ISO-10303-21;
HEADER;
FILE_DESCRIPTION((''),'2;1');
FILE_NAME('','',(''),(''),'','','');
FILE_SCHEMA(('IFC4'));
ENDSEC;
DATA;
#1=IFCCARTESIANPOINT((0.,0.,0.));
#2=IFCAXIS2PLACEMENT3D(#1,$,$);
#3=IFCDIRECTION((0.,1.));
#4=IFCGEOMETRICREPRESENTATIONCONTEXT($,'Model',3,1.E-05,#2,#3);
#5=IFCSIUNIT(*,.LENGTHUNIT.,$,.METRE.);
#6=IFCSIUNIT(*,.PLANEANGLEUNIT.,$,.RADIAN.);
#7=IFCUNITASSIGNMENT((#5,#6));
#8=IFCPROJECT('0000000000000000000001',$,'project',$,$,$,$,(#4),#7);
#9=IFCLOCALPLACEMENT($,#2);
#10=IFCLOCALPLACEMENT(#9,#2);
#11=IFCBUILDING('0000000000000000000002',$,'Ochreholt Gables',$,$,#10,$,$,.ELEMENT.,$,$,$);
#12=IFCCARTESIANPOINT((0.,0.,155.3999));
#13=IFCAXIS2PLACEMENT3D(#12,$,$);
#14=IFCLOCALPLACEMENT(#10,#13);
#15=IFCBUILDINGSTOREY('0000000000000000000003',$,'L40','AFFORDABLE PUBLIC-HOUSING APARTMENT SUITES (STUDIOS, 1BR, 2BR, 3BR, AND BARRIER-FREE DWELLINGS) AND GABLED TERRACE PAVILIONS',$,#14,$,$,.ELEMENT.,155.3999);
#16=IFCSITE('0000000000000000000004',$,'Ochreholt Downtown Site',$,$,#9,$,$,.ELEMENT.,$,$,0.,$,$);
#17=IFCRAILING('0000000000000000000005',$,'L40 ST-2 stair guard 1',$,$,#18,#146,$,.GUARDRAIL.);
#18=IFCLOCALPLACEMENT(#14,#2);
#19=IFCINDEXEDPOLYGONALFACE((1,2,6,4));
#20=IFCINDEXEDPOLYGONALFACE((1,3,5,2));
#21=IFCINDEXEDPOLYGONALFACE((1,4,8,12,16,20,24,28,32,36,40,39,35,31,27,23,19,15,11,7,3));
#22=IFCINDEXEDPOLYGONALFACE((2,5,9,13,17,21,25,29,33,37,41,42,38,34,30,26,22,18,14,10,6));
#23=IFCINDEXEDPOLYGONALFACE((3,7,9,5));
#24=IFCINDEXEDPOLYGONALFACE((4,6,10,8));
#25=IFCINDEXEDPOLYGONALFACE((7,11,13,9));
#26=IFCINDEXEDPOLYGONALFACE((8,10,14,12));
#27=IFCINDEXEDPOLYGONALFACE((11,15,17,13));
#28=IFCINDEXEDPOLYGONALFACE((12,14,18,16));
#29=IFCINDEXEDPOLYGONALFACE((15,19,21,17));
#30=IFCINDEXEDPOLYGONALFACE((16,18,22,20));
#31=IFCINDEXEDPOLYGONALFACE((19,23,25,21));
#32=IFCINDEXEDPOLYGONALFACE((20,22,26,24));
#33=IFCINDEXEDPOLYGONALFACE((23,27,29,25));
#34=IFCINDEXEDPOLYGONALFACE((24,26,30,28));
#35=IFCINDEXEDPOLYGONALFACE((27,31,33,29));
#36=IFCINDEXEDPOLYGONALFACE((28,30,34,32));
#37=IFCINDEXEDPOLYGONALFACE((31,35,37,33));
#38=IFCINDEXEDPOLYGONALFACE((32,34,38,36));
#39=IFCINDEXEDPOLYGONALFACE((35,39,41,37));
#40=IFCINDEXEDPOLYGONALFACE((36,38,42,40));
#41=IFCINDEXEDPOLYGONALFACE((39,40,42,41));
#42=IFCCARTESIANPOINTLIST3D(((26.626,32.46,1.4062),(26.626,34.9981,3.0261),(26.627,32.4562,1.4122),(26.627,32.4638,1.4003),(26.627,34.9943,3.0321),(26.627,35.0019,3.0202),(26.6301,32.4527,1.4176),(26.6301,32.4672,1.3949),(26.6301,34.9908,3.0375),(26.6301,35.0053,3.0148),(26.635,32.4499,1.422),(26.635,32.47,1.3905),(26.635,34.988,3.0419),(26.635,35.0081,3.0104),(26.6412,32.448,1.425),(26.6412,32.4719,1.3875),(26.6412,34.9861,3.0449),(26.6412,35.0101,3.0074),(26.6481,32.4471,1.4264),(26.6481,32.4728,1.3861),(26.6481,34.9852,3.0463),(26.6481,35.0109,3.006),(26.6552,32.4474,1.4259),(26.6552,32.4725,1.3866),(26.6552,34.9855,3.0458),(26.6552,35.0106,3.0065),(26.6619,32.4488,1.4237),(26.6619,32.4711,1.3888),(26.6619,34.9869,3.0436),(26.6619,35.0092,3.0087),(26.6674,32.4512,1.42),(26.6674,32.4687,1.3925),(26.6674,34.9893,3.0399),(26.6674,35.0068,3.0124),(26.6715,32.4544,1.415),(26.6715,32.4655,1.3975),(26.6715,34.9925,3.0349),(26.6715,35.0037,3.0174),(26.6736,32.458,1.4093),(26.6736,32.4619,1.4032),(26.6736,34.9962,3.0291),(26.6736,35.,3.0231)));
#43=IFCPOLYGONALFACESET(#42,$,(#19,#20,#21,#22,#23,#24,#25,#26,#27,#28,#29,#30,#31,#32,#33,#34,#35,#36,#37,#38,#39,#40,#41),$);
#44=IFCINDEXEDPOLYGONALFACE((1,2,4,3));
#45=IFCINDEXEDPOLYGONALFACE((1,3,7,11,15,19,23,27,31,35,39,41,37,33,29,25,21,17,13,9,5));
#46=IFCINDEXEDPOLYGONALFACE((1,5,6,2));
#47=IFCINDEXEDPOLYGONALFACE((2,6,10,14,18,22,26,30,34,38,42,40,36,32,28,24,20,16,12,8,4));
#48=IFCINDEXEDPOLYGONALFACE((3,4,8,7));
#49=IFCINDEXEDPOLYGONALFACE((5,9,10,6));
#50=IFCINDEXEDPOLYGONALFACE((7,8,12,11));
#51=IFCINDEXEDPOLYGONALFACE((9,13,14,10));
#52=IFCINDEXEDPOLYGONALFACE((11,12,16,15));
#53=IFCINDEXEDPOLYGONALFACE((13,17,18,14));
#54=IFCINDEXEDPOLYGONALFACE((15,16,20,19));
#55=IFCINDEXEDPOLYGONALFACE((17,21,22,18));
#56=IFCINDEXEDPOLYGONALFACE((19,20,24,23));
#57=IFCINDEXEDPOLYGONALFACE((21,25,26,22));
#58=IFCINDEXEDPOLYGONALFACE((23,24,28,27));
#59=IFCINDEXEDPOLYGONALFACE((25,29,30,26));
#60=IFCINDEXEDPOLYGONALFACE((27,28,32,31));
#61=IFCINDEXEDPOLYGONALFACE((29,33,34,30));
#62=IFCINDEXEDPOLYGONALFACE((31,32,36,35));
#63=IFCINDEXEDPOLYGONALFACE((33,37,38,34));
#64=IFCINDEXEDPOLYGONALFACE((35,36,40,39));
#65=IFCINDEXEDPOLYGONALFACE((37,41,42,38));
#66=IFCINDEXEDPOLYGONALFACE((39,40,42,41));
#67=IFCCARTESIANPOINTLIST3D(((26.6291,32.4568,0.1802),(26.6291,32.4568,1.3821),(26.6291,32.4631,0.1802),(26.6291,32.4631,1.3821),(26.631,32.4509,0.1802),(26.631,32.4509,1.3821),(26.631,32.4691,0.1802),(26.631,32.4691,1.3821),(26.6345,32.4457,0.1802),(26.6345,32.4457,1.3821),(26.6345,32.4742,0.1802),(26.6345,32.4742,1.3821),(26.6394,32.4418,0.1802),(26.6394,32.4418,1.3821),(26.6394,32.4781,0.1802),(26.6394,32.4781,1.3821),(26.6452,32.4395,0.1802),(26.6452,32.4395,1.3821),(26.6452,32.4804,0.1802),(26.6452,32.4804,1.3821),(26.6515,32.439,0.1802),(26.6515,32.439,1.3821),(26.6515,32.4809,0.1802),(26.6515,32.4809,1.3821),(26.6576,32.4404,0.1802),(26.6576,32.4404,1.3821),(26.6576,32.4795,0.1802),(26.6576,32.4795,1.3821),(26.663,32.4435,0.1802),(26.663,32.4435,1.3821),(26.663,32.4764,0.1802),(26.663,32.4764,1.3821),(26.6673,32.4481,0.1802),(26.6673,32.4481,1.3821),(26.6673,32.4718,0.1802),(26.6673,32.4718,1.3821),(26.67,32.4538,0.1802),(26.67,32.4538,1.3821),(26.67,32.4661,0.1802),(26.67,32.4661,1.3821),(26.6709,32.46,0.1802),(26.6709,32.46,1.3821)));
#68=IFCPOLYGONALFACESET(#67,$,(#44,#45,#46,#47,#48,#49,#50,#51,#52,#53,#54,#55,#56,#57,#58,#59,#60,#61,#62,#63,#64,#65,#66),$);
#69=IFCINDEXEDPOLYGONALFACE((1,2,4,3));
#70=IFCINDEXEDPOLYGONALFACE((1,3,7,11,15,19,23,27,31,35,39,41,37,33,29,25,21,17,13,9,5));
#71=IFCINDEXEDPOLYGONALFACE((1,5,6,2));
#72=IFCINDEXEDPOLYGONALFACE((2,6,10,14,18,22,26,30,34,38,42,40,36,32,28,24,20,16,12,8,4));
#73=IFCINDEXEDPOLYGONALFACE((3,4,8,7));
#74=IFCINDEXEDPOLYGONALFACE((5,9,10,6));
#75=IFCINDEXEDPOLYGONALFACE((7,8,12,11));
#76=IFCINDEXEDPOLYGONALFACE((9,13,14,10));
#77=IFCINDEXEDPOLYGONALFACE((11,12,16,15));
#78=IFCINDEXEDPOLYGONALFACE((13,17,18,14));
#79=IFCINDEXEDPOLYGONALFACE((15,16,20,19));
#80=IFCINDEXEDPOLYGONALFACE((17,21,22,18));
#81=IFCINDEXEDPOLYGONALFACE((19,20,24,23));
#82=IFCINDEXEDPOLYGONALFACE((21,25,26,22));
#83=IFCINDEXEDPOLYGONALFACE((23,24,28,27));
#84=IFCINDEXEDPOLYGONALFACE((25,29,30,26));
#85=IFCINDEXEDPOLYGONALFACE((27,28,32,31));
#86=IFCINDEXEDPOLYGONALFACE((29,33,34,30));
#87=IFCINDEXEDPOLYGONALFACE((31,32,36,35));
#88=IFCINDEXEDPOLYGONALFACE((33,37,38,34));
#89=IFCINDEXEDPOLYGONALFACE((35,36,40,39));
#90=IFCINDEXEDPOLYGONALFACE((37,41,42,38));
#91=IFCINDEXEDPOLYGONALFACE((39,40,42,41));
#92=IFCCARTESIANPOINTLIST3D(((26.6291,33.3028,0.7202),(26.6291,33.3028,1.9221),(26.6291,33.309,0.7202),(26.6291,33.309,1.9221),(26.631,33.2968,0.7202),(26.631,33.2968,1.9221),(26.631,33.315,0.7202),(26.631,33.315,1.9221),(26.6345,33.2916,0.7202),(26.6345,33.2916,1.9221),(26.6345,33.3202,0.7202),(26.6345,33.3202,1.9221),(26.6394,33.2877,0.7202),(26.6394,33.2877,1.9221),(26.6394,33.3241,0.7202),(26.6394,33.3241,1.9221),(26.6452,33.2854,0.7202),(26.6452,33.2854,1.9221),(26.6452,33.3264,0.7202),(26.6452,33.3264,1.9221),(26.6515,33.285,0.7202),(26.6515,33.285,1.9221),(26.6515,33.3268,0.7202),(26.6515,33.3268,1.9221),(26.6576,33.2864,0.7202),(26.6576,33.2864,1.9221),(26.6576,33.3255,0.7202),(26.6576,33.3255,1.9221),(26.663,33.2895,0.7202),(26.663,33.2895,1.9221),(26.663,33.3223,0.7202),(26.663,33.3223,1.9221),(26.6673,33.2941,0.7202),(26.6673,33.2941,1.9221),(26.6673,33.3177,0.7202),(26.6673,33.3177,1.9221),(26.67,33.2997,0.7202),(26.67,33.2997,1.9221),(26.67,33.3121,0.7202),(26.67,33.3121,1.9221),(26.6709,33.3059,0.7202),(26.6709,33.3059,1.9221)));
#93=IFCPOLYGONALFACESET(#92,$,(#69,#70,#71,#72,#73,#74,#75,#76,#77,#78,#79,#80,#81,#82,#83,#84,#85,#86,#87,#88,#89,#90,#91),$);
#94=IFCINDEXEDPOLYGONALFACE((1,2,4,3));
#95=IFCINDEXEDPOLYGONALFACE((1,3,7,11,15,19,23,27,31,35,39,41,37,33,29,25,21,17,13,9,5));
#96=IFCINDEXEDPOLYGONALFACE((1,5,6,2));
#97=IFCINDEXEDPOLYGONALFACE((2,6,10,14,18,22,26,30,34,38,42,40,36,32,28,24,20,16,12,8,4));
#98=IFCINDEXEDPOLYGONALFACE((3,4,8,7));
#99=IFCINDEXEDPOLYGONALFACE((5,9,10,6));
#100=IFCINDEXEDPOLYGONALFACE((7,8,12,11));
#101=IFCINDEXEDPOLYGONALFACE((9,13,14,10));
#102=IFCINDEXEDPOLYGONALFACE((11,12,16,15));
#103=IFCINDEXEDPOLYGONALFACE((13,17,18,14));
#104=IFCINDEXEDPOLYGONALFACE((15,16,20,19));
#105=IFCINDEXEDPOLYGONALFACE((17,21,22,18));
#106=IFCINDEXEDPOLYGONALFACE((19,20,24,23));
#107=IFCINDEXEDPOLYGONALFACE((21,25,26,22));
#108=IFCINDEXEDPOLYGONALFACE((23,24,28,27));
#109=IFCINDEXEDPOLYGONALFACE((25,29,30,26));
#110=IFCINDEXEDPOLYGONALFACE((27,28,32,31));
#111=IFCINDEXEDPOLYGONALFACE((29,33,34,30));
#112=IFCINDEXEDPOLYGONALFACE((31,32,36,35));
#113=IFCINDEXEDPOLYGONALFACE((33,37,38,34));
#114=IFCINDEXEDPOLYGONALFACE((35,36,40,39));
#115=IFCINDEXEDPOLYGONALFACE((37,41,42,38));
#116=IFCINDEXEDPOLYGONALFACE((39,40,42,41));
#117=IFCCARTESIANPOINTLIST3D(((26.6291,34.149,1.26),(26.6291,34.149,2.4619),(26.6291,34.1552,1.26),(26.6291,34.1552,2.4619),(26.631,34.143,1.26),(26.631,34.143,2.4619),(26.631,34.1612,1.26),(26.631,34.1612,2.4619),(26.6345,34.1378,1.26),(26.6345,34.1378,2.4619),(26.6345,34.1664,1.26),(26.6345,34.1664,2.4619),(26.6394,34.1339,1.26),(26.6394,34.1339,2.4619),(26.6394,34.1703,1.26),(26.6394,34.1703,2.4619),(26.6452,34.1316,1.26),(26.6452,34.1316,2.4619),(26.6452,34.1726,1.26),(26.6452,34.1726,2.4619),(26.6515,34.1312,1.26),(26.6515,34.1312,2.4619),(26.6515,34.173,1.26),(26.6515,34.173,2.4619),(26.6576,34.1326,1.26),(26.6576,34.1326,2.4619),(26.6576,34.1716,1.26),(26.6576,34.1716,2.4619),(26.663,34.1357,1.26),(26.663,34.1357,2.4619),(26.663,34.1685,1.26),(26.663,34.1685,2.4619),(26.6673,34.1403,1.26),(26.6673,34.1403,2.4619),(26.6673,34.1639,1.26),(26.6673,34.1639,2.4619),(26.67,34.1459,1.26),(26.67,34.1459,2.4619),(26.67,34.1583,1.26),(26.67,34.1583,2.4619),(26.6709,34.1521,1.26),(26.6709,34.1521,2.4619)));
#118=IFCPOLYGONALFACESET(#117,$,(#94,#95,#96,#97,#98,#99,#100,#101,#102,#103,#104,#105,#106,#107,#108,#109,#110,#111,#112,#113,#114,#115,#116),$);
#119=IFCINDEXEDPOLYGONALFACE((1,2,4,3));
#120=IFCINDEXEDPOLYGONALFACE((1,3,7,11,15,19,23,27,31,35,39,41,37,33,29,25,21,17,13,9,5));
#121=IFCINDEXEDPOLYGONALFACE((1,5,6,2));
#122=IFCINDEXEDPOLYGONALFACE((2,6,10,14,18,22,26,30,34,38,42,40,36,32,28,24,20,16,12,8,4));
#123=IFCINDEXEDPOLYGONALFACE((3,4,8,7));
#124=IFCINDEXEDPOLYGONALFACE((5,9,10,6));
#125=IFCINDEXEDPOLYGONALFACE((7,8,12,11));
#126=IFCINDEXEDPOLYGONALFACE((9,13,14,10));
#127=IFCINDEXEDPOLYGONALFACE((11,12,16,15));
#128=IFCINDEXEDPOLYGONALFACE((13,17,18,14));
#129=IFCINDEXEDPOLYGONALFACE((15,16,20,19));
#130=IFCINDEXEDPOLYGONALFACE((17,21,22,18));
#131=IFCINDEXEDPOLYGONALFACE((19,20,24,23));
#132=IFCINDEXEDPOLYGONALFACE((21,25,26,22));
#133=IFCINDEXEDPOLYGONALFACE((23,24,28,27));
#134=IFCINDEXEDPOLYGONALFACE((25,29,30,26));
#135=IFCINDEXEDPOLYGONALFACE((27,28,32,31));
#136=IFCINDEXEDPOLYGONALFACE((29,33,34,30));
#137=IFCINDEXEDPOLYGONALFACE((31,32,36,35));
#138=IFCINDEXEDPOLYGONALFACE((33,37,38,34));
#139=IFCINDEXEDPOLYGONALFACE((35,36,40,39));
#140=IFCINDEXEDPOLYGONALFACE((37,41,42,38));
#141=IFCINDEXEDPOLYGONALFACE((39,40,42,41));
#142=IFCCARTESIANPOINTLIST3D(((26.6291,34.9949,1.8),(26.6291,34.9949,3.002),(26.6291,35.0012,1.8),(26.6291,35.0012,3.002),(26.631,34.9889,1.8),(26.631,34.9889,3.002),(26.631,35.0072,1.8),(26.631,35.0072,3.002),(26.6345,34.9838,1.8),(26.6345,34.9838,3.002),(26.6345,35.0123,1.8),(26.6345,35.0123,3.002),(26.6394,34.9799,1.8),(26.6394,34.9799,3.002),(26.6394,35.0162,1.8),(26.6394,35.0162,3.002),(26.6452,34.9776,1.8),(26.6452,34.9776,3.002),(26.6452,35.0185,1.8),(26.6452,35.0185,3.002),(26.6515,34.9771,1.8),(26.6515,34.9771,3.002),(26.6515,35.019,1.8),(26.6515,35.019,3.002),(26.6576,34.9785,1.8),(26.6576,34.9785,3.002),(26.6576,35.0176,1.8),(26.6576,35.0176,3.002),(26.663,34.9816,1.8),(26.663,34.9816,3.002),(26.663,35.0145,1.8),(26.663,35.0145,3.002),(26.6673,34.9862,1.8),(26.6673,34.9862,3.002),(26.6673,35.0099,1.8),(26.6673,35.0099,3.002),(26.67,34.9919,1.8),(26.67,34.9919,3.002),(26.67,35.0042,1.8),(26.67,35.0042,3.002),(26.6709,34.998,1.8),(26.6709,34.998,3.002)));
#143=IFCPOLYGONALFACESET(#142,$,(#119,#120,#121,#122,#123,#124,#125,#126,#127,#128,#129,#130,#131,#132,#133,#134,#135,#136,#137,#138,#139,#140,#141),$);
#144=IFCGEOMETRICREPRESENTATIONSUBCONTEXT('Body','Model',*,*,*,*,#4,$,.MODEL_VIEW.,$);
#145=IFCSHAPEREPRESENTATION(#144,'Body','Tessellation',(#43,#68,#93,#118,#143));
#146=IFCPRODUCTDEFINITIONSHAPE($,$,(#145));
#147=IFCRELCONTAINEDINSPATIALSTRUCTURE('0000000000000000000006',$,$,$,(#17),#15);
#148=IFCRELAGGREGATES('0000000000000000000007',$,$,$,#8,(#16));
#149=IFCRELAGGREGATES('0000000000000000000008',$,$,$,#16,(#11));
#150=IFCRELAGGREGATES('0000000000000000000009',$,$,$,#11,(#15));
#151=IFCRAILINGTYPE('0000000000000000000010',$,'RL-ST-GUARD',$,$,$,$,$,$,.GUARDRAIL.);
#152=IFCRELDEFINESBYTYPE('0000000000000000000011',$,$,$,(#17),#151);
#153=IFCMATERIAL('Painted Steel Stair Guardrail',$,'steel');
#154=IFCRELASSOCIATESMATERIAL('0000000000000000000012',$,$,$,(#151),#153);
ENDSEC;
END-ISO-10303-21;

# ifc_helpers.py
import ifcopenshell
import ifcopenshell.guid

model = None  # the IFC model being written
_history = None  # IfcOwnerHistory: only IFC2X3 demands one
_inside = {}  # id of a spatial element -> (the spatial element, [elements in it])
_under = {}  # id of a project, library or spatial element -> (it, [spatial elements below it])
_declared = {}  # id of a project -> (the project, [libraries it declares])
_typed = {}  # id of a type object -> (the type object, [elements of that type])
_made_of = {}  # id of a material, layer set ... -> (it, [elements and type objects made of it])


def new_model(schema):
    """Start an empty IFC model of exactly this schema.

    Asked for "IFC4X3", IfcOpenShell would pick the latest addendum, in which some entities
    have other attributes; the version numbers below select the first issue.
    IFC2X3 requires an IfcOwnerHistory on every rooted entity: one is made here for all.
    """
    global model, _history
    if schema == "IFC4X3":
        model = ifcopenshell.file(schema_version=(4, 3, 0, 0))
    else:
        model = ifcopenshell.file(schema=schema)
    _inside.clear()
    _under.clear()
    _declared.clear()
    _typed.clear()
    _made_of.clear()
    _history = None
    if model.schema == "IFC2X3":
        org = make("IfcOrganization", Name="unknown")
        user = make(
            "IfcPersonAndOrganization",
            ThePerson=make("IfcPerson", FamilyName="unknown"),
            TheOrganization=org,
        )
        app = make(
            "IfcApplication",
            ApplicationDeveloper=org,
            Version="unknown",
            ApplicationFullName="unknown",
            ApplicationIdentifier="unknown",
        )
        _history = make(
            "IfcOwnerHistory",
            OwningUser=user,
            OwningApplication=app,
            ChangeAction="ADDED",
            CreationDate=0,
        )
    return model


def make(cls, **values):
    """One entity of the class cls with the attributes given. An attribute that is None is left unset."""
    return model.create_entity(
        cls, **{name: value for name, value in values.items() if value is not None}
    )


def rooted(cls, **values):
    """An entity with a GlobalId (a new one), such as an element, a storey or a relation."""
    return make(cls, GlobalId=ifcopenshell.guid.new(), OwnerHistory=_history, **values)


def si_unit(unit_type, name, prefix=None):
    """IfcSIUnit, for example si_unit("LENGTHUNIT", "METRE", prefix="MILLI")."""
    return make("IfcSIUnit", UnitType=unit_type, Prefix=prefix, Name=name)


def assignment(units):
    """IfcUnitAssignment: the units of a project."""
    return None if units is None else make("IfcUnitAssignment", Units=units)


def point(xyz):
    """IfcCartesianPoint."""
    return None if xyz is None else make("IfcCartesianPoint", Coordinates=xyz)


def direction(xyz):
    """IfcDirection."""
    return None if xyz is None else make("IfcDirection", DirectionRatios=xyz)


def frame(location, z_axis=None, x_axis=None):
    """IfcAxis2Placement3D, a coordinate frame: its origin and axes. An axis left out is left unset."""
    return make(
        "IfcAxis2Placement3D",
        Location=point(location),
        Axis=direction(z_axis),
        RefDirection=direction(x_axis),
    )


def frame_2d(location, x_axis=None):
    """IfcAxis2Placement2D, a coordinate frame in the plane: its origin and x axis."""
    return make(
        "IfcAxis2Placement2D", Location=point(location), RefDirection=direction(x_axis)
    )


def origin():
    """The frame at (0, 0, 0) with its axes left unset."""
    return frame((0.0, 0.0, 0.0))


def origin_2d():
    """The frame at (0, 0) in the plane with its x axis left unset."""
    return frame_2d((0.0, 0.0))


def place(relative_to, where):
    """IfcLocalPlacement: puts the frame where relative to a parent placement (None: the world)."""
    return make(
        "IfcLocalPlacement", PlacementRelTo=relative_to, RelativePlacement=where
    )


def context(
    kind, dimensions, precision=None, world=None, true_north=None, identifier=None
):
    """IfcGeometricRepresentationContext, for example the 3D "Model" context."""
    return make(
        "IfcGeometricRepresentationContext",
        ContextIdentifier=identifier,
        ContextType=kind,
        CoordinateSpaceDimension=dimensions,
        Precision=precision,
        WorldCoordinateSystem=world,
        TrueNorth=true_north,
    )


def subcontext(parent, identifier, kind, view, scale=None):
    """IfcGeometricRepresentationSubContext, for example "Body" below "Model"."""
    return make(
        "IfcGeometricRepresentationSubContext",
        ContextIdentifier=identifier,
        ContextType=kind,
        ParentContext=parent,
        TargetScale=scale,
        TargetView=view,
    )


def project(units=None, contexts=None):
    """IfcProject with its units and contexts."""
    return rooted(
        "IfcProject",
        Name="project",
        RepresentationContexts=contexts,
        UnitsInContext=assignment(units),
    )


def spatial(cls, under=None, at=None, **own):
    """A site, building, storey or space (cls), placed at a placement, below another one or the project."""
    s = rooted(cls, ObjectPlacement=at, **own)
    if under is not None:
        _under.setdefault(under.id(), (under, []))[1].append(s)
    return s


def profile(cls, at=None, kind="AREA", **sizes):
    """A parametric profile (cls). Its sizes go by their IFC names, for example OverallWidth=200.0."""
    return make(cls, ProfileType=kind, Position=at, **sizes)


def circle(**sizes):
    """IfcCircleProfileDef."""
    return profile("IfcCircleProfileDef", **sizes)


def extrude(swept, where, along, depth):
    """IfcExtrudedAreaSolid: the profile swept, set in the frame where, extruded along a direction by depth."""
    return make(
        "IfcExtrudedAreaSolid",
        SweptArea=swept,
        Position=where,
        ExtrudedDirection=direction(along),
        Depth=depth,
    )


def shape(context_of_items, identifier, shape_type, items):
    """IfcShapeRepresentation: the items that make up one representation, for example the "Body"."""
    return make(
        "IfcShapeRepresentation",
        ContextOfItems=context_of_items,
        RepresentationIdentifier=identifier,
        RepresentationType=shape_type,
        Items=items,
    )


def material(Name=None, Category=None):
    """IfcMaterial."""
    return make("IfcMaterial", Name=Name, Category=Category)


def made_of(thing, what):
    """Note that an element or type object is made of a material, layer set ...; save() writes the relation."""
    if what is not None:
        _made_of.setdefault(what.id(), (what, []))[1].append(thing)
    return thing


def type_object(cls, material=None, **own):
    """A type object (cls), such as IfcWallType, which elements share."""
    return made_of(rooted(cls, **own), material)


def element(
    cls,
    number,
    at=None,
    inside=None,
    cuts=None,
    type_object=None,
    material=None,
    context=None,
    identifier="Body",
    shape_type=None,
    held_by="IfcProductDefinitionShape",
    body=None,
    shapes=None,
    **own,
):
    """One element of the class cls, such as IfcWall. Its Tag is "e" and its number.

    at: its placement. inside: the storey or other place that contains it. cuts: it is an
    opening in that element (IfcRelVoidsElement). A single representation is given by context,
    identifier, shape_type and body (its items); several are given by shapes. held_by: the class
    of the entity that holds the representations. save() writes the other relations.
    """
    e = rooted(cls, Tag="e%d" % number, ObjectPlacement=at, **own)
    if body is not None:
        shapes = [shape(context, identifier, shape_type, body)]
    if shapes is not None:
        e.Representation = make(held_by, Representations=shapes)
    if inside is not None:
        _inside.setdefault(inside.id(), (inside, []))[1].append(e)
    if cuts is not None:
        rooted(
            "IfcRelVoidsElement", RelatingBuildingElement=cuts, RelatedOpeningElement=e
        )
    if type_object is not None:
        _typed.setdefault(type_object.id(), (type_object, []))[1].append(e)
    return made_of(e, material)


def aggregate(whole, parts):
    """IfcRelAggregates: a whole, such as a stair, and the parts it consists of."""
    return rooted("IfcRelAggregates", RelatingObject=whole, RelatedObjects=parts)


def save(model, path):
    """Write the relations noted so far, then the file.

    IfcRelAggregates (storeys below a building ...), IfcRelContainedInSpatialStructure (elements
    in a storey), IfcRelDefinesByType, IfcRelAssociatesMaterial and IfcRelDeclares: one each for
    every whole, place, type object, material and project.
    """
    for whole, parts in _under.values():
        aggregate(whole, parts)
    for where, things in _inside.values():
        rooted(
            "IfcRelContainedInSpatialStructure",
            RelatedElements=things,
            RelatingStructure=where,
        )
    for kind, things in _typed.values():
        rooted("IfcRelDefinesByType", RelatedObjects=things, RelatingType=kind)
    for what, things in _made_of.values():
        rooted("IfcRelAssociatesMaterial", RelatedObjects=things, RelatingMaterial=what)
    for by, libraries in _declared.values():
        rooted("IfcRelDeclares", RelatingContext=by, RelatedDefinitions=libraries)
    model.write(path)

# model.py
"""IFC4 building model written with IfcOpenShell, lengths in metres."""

from ifc_helpers import new_model, si_unit, direction, frame, origin, origin_2d, place, context, subcontext, project, spatial, circle, extrude, material, type_object, element, save


model = new_model("IFC4")

# Units and contexts
model_context = context("Model", 3, precision=1e-05, world=origin(), true_north=direction((0.0, 1.0)))
body_context = subcontext(model_context, "Body", "Model", "MODEL_VIEW")
ifc_project = project(units=[si_unit("LENGTHUNIT", "METRE"), si_unit("PLANEANGLEUNIT", "RADIAN")], contexts=[model_context])

# Site, building, storey
site_placement = place(None, origin())
site = spatial("IfcSite", under=ifc_project, at=site_placement, Name="Ochreholt Downtown Site", CompositionType="ELEMENT", RefElevation=0.0)
building_placement = place(site_placement, origin())
building = spatial("IfcBuilding", under=site, at=building_placement, Name="Ochreholt Gables", CompositionType="ELEMENT")
storey_placement = place(building_placement, frame((0.0, 0.0, 155.3999)))
storey = spatial("IfcBuildingStorey", under=building, at=storey_placement, Name="L40", Description="AFFORDABLE PUBLIC-HOUSING APARTMENT SUITES (STUDIOS, 1BR, 2BR, 3BR, AND BARRIER-FREE DWELLINGS) AND GABLED TERRACE PAVILIONS", CompositionType="ELEMENT", Elevation=155.3999)

# Railing
ifc_material_1 = material(Name="Painted Steel Stair Guardrail", Category="steel")
railing_type = type_object("IfcRailingType", Name="RL-ST-GUARD", PredefinedType="GUARDRAIL", material=ifc_material_1)
railing_1_placement = place(storey_placement, frame((26.6499, 32.46, 0.1802)))
element("IfcRailing", 1, at=railing_1_placement, inside=storey, type_object=railing_type, Name="L40 ST-2 stair guard 1", PredefinedType="GUARDRAIL", context=body_context, shape_type="SweptSolid", body=[
    extrude(circle(Radius=0.0239, at=origin_2d()), frame((0.0, 0.0, 1.2261), z_axis=(0.0, 0.84295, 0.537993), x_axis=(-1.0, 0.0, 0.0)), (0.0, 0.0, 1.0), 3.011),
    extrude(circle(Radius=0.021, at=origin_2d()), origin(), (0.0, 0.0, 1.0), 1.2019),
    extrude(circle(Radius=0.021, at=origin_2d()), frame((0.0, 0.8459, 0.54)), (0.0, 0.0, 1.0), 1.2019),
    extrude(circle(Radius=0.021, at=origin_2d()), frame((0.0, 1.6921, 1.0798)), (0.0, 0.0, 1.0), 1.2019),
    extrude(circle(Radius=0.021, at=origin_2d()), frame((0.0, 2.5381, 1.6199)), (0.0, 0.0, 1.0), 1.2019),
])

save(model, "model.ifc")
